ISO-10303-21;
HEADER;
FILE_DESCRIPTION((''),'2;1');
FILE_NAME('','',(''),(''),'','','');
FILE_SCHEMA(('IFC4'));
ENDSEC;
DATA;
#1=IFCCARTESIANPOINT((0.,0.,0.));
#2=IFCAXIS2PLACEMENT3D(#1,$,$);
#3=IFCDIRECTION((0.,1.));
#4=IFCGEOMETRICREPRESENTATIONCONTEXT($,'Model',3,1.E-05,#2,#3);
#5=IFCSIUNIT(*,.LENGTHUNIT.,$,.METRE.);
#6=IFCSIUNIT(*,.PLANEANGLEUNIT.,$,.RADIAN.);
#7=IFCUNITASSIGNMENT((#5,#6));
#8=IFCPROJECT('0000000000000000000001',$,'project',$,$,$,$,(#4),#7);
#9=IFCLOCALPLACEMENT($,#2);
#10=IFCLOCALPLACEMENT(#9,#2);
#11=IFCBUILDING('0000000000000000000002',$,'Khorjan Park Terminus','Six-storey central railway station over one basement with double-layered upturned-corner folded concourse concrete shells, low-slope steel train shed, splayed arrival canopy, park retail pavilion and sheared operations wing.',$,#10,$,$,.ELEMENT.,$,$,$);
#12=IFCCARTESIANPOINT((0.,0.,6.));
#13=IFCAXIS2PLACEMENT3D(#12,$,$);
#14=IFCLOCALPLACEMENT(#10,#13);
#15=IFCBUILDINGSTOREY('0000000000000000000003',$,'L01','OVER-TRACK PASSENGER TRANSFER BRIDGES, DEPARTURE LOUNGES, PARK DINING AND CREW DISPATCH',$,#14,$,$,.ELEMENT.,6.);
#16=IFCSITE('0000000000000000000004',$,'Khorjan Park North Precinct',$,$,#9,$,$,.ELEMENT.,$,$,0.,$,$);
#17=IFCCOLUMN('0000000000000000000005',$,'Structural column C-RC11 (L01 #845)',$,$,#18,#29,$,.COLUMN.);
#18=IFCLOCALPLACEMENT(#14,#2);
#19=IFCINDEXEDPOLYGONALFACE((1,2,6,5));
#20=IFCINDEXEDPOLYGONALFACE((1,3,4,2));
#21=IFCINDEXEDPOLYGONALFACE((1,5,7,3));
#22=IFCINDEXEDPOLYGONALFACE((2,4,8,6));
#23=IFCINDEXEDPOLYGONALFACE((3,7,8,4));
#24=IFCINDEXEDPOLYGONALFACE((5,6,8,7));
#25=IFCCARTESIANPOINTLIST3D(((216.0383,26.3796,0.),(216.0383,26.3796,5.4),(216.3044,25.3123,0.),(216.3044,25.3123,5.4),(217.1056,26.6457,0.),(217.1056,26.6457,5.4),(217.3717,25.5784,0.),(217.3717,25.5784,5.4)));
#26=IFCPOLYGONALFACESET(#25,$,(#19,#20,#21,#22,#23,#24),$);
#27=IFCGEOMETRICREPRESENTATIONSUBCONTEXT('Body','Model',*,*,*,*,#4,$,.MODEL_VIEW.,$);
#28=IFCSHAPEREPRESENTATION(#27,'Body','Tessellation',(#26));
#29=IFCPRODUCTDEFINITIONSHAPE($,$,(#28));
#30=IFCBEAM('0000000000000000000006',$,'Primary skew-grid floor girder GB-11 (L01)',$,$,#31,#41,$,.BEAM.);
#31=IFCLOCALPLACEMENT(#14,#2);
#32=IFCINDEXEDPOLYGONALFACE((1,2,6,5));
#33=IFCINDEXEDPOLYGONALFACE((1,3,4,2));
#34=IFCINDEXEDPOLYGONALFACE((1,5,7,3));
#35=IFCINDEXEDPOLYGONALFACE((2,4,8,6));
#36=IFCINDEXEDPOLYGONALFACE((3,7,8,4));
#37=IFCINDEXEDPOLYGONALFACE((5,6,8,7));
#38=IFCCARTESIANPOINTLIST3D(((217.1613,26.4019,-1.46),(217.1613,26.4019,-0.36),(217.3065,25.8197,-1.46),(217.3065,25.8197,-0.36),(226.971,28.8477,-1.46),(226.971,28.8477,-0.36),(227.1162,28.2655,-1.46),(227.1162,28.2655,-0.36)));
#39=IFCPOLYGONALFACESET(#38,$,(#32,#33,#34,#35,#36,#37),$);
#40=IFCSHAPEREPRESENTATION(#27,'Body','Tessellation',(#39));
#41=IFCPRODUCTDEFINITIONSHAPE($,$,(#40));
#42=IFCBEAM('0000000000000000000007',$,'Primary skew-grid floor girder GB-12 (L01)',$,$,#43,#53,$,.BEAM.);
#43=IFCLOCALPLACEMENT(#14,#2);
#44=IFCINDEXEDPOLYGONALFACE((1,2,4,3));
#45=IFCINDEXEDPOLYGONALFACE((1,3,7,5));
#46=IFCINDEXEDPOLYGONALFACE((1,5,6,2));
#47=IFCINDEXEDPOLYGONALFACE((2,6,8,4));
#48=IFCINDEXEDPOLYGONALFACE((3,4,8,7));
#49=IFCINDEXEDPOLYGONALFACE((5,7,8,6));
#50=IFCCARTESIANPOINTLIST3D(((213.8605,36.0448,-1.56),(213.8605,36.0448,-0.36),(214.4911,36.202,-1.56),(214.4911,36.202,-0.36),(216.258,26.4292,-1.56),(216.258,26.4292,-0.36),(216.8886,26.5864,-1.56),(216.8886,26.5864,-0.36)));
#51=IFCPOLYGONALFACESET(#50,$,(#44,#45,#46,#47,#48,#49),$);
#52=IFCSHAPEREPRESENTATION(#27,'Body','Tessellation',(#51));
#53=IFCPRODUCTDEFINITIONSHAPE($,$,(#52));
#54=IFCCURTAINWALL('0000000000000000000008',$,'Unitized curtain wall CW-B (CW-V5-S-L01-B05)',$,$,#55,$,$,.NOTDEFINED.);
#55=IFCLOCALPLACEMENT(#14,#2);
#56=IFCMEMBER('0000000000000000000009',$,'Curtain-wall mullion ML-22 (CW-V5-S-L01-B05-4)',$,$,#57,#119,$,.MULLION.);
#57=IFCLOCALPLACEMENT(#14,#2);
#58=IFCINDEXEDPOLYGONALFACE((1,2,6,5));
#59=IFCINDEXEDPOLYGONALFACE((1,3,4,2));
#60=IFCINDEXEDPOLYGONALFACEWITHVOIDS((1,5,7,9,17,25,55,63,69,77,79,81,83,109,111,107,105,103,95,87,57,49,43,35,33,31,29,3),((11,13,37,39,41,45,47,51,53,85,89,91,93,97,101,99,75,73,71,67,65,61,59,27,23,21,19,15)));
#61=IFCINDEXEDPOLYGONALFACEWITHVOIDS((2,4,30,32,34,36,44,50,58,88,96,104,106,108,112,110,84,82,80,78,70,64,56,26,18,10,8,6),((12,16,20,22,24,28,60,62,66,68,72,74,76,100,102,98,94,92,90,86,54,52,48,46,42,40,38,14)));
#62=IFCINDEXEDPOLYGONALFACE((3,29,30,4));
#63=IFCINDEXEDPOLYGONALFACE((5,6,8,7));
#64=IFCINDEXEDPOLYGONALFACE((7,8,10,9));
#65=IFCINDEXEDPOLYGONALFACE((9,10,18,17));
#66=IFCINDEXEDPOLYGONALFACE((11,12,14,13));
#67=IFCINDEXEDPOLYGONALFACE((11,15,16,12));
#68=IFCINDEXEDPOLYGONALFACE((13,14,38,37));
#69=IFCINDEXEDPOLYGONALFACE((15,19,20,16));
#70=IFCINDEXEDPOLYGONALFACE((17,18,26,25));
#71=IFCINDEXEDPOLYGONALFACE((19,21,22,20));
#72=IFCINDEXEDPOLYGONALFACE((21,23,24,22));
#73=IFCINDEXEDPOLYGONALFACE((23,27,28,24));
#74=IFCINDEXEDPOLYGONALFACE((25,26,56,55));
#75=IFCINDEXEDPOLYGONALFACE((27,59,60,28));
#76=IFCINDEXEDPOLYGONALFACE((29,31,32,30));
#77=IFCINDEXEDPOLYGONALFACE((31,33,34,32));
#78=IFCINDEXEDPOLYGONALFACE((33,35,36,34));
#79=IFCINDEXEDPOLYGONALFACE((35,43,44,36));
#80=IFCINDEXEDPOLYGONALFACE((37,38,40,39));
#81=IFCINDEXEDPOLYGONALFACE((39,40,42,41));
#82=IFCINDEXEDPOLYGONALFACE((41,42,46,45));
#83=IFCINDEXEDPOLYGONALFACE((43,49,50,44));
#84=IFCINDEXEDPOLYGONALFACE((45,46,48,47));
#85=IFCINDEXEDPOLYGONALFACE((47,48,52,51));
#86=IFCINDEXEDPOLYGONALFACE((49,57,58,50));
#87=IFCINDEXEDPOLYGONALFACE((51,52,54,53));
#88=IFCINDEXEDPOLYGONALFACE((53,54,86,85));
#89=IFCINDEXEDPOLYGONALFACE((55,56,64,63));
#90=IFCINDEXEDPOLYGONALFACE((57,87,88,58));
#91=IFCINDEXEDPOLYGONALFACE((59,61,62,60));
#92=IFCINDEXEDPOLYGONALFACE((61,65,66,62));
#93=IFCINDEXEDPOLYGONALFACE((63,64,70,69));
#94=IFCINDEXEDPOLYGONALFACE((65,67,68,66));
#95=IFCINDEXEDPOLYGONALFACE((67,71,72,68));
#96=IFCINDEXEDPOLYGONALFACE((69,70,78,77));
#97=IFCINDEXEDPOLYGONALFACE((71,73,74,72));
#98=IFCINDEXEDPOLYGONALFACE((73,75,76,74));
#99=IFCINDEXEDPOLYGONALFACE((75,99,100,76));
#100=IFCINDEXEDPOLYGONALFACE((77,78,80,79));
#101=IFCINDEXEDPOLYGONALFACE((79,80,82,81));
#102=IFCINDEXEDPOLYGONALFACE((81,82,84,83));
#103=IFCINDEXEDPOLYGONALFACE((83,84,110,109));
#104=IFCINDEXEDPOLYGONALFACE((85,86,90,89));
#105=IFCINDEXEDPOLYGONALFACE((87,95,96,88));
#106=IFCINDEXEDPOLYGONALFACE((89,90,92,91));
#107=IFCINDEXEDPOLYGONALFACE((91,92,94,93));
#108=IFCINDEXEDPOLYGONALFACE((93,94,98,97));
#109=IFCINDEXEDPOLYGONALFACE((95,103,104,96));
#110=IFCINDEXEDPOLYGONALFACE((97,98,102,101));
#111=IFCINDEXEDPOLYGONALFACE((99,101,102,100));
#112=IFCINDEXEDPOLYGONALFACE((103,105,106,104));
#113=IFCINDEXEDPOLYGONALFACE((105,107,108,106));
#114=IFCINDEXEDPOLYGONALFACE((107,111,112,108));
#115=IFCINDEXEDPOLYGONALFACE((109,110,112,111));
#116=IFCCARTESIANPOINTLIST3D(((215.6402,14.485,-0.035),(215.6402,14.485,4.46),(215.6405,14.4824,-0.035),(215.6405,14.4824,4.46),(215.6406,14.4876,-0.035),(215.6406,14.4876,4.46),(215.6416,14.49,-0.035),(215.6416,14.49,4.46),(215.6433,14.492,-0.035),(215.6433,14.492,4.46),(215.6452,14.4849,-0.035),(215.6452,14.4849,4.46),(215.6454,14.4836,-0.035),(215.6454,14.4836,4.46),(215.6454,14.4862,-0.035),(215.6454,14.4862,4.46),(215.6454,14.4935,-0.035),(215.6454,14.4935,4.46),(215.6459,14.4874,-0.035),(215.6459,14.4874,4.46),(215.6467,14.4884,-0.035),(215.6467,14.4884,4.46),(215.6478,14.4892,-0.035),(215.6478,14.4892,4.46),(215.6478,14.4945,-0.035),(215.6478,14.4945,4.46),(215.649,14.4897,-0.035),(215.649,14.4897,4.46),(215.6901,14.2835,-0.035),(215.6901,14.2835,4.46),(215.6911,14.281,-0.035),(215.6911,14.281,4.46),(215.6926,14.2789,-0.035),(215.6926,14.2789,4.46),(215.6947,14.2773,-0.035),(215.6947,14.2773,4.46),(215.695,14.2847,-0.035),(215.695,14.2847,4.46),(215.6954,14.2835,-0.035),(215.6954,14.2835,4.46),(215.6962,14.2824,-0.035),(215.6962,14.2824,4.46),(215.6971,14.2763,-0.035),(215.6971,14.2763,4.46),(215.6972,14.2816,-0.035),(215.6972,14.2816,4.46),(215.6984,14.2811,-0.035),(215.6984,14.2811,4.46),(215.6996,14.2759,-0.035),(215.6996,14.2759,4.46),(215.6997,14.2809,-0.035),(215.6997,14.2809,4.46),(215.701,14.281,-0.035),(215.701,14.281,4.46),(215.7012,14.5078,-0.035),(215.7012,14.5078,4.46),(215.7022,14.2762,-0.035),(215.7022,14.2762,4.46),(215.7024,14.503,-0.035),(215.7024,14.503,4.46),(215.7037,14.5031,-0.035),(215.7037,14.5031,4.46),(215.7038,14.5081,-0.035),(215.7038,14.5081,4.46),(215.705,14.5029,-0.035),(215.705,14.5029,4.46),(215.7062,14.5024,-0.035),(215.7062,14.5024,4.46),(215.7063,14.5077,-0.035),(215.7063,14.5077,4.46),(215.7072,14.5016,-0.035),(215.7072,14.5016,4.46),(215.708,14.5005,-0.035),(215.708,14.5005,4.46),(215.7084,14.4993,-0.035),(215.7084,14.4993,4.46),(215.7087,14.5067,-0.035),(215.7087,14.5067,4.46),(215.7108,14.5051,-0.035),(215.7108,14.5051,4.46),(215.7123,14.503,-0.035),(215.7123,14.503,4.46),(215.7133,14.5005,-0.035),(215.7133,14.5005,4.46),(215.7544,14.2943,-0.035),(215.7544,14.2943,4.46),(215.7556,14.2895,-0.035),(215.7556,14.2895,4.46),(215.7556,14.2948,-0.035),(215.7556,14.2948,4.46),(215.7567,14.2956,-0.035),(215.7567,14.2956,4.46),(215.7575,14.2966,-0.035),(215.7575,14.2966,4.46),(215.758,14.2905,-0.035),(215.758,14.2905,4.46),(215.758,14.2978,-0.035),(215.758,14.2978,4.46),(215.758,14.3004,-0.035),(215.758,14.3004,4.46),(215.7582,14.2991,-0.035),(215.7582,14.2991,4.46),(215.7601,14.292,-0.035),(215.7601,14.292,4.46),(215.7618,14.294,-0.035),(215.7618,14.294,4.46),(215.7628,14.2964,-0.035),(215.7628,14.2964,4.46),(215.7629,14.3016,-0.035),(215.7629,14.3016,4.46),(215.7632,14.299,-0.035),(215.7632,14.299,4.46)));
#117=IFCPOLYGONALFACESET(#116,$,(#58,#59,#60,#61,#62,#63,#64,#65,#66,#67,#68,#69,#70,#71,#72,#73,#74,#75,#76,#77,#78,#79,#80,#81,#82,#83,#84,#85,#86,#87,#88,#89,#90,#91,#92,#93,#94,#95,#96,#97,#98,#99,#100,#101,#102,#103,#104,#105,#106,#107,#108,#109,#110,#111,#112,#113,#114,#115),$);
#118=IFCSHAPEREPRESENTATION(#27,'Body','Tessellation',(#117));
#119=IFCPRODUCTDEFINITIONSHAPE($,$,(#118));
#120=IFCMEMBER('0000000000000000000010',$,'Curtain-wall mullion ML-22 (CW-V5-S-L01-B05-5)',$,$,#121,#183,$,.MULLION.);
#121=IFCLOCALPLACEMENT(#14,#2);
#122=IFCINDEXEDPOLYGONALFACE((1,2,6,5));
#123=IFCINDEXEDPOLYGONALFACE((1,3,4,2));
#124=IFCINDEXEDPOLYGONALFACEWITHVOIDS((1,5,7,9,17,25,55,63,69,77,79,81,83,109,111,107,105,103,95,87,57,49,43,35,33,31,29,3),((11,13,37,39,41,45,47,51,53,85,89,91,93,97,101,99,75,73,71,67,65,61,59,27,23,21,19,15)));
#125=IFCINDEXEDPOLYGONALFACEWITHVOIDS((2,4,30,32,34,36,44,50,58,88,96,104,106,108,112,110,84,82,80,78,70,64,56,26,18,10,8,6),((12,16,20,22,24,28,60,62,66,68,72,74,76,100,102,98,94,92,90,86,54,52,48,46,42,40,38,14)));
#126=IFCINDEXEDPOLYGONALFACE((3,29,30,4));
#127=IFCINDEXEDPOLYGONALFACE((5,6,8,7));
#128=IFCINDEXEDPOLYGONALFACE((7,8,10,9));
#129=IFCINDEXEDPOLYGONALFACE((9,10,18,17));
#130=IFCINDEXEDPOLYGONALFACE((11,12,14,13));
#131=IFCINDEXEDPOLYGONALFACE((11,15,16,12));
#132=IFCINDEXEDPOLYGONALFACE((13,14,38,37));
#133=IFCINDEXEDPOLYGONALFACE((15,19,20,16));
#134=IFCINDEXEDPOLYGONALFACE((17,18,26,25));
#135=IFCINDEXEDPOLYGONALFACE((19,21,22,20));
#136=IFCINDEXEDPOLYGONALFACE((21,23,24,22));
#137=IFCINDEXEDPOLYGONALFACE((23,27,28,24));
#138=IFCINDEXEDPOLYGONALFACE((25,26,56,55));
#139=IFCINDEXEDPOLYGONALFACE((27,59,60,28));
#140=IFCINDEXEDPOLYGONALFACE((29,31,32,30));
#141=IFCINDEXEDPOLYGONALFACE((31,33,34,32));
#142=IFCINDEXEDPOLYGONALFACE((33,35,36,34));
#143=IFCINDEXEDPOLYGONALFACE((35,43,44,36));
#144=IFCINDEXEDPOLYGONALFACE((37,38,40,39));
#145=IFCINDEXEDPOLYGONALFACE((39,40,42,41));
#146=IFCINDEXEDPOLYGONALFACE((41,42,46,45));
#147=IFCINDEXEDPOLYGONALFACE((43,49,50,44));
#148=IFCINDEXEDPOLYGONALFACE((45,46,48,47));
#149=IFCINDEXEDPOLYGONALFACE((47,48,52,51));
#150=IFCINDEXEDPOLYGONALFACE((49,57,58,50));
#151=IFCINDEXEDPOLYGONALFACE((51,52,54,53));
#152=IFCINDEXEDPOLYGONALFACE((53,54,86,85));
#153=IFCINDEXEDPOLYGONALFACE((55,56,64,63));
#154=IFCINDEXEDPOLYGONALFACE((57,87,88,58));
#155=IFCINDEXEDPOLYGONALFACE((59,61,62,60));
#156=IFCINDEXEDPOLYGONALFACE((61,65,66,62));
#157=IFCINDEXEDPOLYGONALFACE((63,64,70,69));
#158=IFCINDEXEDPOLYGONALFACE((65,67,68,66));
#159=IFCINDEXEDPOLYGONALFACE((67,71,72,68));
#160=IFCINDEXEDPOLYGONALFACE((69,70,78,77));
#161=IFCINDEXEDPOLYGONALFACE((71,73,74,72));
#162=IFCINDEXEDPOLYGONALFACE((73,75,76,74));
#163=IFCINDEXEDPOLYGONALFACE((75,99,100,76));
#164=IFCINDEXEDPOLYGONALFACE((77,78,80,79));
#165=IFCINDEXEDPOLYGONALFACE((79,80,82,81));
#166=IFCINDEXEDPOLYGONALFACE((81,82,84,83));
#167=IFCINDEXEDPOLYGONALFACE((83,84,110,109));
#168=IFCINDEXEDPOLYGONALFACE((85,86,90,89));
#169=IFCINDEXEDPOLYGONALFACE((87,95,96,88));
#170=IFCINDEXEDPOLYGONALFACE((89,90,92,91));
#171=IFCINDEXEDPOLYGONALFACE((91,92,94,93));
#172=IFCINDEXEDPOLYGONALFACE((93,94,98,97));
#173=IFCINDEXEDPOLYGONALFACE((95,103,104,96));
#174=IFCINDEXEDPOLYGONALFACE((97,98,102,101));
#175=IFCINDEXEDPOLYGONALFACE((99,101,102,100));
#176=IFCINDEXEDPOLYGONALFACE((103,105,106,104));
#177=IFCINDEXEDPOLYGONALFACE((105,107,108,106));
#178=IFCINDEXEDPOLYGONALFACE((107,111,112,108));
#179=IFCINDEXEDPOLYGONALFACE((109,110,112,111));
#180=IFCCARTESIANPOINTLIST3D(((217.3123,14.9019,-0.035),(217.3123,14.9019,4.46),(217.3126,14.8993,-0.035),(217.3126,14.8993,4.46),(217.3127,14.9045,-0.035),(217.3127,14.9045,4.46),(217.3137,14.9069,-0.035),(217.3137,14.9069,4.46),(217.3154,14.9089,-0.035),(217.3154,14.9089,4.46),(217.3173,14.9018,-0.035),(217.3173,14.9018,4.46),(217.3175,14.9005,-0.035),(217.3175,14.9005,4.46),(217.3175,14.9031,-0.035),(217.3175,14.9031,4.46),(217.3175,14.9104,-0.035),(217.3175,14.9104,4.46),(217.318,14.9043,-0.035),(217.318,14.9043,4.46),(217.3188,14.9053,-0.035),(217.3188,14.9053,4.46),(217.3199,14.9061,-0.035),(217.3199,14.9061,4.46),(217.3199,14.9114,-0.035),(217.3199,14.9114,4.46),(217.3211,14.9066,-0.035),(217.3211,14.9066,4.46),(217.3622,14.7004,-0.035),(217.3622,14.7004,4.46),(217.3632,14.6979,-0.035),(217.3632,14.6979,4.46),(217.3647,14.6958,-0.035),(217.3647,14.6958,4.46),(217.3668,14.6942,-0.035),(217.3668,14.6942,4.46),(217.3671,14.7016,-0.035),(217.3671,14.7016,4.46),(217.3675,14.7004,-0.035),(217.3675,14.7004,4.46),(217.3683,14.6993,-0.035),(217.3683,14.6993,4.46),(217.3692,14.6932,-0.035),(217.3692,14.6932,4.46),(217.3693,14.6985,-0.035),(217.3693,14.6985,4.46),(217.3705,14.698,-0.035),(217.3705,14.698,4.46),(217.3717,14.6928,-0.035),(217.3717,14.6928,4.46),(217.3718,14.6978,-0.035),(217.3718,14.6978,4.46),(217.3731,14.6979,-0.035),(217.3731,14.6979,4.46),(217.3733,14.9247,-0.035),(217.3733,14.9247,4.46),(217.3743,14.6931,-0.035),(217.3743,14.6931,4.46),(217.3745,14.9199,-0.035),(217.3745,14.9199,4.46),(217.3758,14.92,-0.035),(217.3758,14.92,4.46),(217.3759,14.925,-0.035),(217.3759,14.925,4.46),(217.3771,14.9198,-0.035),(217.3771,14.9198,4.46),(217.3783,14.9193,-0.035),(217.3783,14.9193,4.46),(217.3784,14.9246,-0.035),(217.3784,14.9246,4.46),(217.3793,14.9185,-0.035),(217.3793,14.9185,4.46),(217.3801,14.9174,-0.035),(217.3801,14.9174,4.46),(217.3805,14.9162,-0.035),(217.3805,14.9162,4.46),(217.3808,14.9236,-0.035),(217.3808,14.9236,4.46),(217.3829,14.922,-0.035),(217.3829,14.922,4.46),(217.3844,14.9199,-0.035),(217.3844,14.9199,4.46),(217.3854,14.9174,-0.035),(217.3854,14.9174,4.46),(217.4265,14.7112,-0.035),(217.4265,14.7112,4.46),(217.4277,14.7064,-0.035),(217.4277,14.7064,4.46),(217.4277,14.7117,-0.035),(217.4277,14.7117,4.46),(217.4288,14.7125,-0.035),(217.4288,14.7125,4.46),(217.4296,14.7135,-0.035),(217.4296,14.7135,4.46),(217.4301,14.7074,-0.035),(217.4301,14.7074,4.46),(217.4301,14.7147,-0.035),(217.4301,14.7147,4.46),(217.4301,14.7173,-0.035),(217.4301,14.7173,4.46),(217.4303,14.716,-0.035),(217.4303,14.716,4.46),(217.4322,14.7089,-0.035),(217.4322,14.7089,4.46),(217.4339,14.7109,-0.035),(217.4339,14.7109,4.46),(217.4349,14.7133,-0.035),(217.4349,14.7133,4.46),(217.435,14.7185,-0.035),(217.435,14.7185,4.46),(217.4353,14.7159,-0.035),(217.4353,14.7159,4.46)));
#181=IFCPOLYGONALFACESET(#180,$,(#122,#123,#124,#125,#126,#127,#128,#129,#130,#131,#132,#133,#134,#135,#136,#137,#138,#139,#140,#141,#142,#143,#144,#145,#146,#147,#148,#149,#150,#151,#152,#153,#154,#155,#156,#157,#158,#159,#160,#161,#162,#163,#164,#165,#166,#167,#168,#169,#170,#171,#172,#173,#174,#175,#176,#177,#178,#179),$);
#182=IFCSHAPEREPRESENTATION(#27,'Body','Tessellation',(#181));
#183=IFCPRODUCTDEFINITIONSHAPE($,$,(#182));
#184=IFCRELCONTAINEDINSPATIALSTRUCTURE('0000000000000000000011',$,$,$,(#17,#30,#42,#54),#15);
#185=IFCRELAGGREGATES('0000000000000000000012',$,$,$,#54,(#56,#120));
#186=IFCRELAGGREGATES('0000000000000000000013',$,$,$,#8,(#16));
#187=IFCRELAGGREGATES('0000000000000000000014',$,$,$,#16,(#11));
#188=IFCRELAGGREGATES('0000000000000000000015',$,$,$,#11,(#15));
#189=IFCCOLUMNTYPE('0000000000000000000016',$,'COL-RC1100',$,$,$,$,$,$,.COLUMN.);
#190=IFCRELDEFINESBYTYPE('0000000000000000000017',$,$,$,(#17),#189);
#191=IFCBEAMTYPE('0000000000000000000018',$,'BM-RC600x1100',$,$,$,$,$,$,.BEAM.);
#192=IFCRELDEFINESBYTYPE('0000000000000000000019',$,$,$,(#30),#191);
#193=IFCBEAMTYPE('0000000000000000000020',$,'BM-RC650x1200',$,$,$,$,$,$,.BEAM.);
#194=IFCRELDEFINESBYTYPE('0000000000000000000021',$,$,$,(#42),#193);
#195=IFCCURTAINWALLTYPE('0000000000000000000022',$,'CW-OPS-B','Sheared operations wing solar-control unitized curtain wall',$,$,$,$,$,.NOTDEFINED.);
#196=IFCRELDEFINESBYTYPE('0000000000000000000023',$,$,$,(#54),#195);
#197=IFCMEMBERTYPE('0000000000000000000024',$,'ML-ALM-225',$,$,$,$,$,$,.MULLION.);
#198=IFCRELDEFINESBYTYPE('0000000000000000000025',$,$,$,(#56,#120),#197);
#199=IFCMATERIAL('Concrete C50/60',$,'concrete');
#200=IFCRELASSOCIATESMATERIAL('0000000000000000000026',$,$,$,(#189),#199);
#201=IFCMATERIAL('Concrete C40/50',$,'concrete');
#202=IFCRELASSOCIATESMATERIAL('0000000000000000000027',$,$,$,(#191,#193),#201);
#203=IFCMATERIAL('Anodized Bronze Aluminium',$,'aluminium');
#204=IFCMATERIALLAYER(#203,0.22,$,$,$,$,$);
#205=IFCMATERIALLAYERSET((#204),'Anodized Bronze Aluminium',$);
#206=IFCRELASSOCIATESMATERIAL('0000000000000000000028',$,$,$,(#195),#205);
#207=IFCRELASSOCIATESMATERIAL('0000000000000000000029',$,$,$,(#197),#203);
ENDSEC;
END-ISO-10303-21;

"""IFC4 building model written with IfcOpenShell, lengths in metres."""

from ifc_helpers import new_model, si_unit, direction, frame, origin, origin_2d, place, context, subcontext, project, spatial, rectangle, hollow_rectangle, extrude, material, layer, layer_set, material_profile, profile_set, type_object, element, aggregate, save


model = new_model("IFC4")

# Units and contexts
model_context = context("Model", 3, precision=1e-05, world=origin(), true_north=direction((0.0, 1.0)))
body_context = subcontext(model_context, "Body", "Model", "MODEL_VIEW")
ifc_project = project(units=[si_unit("LENGTHUNIT", "METRE"), si_unit("PLANEANGLEUNIT", "RADIAN")], contexts=[model_context])

# Site, building, storey
site_placement = place(None, origin())
site = spatial("IfcSite", under=ifc_project, at=site_placement, Name="Khorjan Park North Precinct", CompositionType="ELEMENT", RefElevation=0.0)
building_placement = place(site_placement, origin())
building = spatial("IfcBuilding", under=site, at=building_placement, Name="Khorjan Park Terminus", Description="Six-storey central railway station over one basement with double-layered upturned-corner folded concourse concrete shells, low-slope steel train shed, splayed arrival canopy, park retail pavilion and sheared operations wing.", CompositionType="ELEMENT")
storey_placement = place(building_placement, frame((0.0, 0.0, 6.0)))
storey = spatial("IfcBuildingStorey", under=building, at=storey_placement, Name="L01", Description="OVER-TRACK PASSENGER TRANSFER BRIDGES, DEPARTURE LOUNGES, PARK DINING AND CREW DISPATCH", CompositionType="ELEMENT", Elevation=6.0)

# Column
ifc_material_1 = material(Name="Concrete C50/60", Category="concrete")
ifc_material_profile_1 = material_profile(ifc_material_1, rectangle(XDim=1.1, YDim=1.1, at=origin_2d()), Name="RC 1100x1100")
ifc_profile_set_1 = profile_set([ifc_material_profile_1], Name="Concrete C50/60")
column_type = type_object("IfcColumnType", Name="COL-RC1100", PredefinedType="COLUMN", material=ifc_profile_set_1)
column_placement = place(storey_placement, frame((216.705, 25.979, 0.0), z_axis=(0.0, 0.0, 1.0), x_axis=(0.970296, 0.241922, 0.0)))
element("IfcColumn", 1, at=column_placement, inside=storey, type_object=column_type, Name="Structural column C-RC11 (L01 #845)", PredefinedType="COLUMN", context=body_context, shape_type="SweptSolid", body=[
    extrude(rectangle(XDim=1.1, YDim=1.1, at=origin_2d()), origin(), (0.0, 0.0, 1.0), 5.4),
])

# Beams
ifc_material_2 = material(Name="Concrete C40/50", Category="concrete")
ifc_material_profile_2 = material_profile(ifc_material_2, rectangle(XDim=0.6, YDim=1.1, at=origin_2d()), Name="RC 600x1100")
ifc_profile_set_2 = profile_set([ifc_material_profile_2], Name="Concrete C40/50")
beam_type_1 = type_object("IfcBeamType", Name="BM-RC600x1100", PredefinedType="BEAM", material=ifc_profile_set_2)
beam_1_placement = place(storey_placement, frame((217.2339, 26.1108, -0.91), z_axis=(0.970296, 0.241919, 0.0), x_axis=(-0.241919, 0.970296, 0.0)))
element("IfcBeam", 2, at=beam_1_placement, inside=storey, type_object=beam_type_1, Name="Primary skew-grid floor girder GB-11 (L01)", PredefinedType="BEAM", context=body_context, shape_type="SweptSolid", body=[
    extrude(rectangle(XDim=0.6, YDim=1.1, at=origin_2d()), origin(), (0.0, 0.0, 1.0), 10.11),
])
ifc_material_profile_3 = material_profile(ifc_material_2, rectangle(XDim=0.65, YDim=1.2, at=origin_2d()), Name="RC 650x1200")
ifc_profile_set_3 = profile_set([ifc_material_profile_3], Name="Concrete C40/50")
beam_type_2 = type_object("IfcBeamType", Name="BM-RC650x1200", PredefinedType="BEAM", material=ifc_profile_set_3)
beam_2_placement = place(storey_placement, frame((216.5733, 26.5078, -0.96), z_axis=(-0.241928, 0.970294, 0.0), x_axis=(-0.970294, -0.241928, 0.0)))
element("IfcBeam", 3, at=beam_2_placement, inside=storey, type_object=beam_type_2, Name="Primary skew-grid floor girder GB-12 (L01)", PredefinedType="BEAM", context=body_context, shape_type="SweptSolid", body=[
    extrude(rectangle(XDim=0.65, YDim=1.2, at=origin_2d()), origin(), (0.0, 0.0, 1.0), 9.91),
])

# Curtain wall, members
ifc_material_3 = material(Name="Anodized Bronze Aluminium", Category="aluminium")
ifc_layer_1 = layer(ifc_material_3, 0.22)
ifc_layer_set_1 = layer_set([ifc_layer_1], Name="Anodized Bronze Aluminium")
curtain_wall_type = type_object("IfcCurtainWallType", Name="CW-OPS-B", Description="Sheared operations wing solar-control unitized curtain wall", PredefinedType="NOTDEFINED", material=ifc_layer_set_1)
curtain_wall_placement = place(storey_placement, origin())
curtain_wall = element("IfcCurtainWall", 4, at=curtain_wall_placement, inside=storey, type_object=curtain_wall_type, Name="Unitized curtain wall CW-B (CW-V5-S-L01-B05)", PredefinedType="NOTDEFINED")
ifc_material_profile_4 = material_profile(ifc_material_3, hollow_rectangle(XDim=0.075, YDim=0.225, WallThickness=0.005, InnerFilletRadius=0.005, OuterFilletRadius=0.01, at=origin_2d()), Name="ALM 75x225x5")
ifc_profile_set_4 = profile_set([ifc_material_profile_4], Name="Anodized Bronze Aluminium")
member_type_1 = type_object("IfcMemberType", Name="ML-ALM-225", PredefinedType="MULLION", material=ifc_profile_set_4)
member_1_placement = place(storey_placement, frame((215.7017, 14.392, -0.035), z_axis=(0.0, 0.0, 1.0), x_axis=(0.970298, 0.241912, 0.0)))
member_1 = element("IfcMember", 5, at=member_1_placement, type_object=member_type_1, Name="Curtain-wall mullion ML-22 (CW-V5-S-L01-B05-4)", PredefinedType="MULLION", context=body_context, shape_type="SweptSolid", body=[
    extrude(hollow_rectangle(XDim=0.075, YDim=0.225, WallThickness=0.005, InnerFilletRadius=0.005, OuterFilletRadius=0.01, at=origin_2d()), origin(), (0.0, 0.0, 1.0), 4.495),
])
member_2_placement = place(storey_placement, frame((217.3738, 14.8089, -0.035), z_axis=(0.0, 0.0, 1.0), x_axis=(0.970298, 0.241912, 0.0)))
member_2 = element("IfcMember", 6, at=member_2_placement, type_object=member_type_1, Name="Curtain-wall mullion ML-22 (CW-V5-S-L01-B05-5)", PredefinedType="MULLION", context=body_context, shape_type="SweptSolid", body=[
    extrude(hollow_rectangle(XDim=0.075, YDim=0.225, WallThickness=0.005, InnerFilletRadius=0.005, OuterFilletRadius=0.01, at=origin_2d()), origin(), (0.0, 0.0, 1.0), 4.495),
])
aggregate(curtain_wall, [member_1, member_2])

save(model, "model.ifc")
